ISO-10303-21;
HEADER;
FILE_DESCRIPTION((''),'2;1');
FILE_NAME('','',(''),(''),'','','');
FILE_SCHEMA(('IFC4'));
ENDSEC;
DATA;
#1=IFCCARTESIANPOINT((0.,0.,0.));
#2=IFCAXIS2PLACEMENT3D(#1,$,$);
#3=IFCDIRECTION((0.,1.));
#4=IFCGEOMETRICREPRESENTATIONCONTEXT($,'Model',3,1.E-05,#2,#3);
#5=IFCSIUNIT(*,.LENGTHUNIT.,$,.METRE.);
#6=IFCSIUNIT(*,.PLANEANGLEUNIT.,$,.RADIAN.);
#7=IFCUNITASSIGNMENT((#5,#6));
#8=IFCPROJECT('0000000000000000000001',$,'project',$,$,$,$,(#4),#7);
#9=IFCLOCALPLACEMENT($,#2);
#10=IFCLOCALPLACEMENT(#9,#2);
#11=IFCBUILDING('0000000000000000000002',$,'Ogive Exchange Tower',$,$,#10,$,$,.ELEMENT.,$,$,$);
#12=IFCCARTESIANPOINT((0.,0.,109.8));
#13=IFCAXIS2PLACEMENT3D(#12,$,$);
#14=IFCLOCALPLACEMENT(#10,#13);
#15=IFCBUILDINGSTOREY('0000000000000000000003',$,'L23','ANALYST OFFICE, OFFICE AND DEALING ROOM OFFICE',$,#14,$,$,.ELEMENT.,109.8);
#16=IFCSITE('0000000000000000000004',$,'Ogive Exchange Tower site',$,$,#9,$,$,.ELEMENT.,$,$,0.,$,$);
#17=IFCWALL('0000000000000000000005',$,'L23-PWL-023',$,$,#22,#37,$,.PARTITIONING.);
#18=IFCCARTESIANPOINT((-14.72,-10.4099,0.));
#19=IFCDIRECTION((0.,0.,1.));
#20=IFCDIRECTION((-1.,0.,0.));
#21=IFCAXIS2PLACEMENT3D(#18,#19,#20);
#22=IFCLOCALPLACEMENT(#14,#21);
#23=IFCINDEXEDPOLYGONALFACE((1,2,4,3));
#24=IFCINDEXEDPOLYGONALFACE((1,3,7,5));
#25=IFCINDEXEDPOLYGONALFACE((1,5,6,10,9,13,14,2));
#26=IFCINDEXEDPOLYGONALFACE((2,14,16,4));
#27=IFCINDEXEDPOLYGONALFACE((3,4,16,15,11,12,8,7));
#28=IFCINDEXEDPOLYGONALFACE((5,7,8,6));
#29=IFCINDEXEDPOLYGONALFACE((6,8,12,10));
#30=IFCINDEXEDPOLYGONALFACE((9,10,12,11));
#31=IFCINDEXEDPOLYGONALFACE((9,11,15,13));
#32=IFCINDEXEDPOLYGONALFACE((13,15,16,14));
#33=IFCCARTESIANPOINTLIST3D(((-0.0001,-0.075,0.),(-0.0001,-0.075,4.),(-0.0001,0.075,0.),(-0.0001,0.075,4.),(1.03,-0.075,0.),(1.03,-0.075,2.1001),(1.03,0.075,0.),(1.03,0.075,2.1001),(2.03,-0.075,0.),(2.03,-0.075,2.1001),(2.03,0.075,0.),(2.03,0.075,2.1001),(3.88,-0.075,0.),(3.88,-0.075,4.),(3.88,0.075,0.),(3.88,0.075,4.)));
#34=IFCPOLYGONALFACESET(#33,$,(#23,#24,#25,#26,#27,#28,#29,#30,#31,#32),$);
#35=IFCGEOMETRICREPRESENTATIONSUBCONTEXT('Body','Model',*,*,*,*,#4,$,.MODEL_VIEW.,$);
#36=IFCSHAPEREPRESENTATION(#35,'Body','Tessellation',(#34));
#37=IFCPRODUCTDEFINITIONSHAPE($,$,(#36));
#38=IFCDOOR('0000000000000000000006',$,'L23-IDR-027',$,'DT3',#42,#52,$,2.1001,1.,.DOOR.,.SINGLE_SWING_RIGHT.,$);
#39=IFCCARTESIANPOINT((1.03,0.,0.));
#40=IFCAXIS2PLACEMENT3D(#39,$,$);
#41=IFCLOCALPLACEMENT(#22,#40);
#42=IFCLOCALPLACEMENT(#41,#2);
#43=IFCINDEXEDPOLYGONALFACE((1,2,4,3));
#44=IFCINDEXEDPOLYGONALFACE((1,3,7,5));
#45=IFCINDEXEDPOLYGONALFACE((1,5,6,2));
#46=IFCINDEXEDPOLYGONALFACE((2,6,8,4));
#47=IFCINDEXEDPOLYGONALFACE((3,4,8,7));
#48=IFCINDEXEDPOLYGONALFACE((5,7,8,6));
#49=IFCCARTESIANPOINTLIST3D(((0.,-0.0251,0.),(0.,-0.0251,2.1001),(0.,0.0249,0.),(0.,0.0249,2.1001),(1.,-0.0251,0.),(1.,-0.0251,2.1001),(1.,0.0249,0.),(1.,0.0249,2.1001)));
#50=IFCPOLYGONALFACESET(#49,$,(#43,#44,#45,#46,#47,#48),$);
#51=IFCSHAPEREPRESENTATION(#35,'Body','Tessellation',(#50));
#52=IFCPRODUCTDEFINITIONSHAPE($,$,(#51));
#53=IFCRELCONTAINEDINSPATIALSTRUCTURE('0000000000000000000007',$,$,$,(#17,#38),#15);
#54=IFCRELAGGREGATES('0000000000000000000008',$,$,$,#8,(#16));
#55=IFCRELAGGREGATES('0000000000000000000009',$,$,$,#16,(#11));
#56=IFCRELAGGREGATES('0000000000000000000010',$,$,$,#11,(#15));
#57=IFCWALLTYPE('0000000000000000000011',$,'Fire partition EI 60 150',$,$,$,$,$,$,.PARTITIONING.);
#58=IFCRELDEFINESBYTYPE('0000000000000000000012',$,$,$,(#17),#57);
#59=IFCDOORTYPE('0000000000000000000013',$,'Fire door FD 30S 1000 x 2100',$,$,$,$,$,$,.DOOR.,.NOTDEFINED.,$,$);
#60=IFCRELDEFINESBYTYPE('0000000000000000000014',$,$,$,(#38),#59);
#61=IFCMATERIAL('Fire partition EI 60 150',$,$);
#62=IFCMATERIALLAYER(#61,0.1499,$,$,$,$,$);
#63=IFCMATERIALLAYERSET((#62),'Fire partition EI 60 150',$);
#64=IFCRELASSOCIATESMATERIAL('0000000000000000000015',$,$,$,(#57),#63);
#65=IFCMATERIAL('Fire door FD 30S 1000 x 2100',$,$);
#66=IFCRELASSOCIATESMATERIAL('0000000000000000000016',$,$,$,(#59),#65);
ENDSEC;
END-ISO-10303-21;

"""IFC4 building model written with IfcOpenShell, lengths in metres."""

from ifc_helpers import new_model, si_unit, direction, frame, frame_2d, origin, place, context, subcontext, project, spatial, rectangle, extrude, material, layer, layer_set, type_object, element, fill, save


model = new_model("IFC4")

# Units and contexts
model_context = context("Model", 3, precision=1e-05, world=origin(), true_north=direction((0.0, 1.0)))
body_context = subcontext(model_context, "Body", "Model", "MODEL_VIEW")
ifc_project = project(units=[si_unit("LENGTHUNIT", "METRE"), si_unit("PLANEANGLEUNIT", "RADIAN")], contexts=[model_context])

# Site, building, storey
site_placement = place(None, origin())
site = spatial("IfcSite", under=ifc_project, at=site_placement, Name="Ogive Exchange Tower site", CompositionType="ELEMENT", RefElevation=0.0)
building_placement = place(site_placement, origin())
building = spatial("IfcBuilding", under=site, at=building_placement, Name="Ogive Exchange Tower", CompositionType="ELEMENT")
storey_placement = place(building_placement, frame((0.0, 0.0, 109.8)))
storey = spatial("IfcBuildingStorey", under=building, at=storey_placement, Name="L23", Description="ANALYST OFFICE, OFFICE AND DEALING ROOM OFFICE", CompositionType="ELEMENT", Elevation=109.8)

# Wall, opening, door
ifc_material_1 = material(Name="Fire partition EI 60 150")
ifc_layer_1 = layer(ifc_material_1, 0.1499)
ifc_layer_set_1 = layer_set([ifc_layer_1], Name="Fire partition EI 60 150")
wall_type_1 = type_object("IfcWallType", Name="Fire partition EI 60 150", PredefinedType="PARTITIONING", material=ifc_layer_set_1)
ifc_material_2 = material(Name="Fire door FD 30S 1000 x 2100")
door_type_1 = type_object("IfcDoorType", Name="Fire door FD 30S 1000 x 2100", OperationType="NOTDEFINED", PredefinedType="DOOR", material=ifc_material_2)
wall_1_placement = place(storey_placement, frame((-14.72, -10.4099, 0.0), z_axis=(0.0, 0.0, 1.0), x_axis=(-1.0, 0.0, 0.0)))
wall_1 = element("IfcWall", 1, at=wall_1_placement, inside=storey, type_object=wall_type_1, Name="L23-PWL-023", PredefinedType="PARTITIONING", context=body_context, shape_type="SweptSolid", body=[
    extrude(rectangle(XDim=3.8801, YDim=0.1499, at=frame_2d((1.9399, 0.0))), origin(), (0.0, 0.0, 1.0), 4.0),
])
opening_1_placement = place(wall_1_placement, frame((1.03, 0.0, 0.0)))
opening_1 = element("IfcOpeningElement", 2, at=opening_1_placement, cuts=wall_1, PredefinedType="OPENING", context=body_context, shape_type="SweptSolid", body=[
    extrude(rectangle(XDim=1.0, YDim=2.1001, at=frame_2d((0.5, 1.05))), frame((0.0, 0.085, 0.0), z_axis=(0.0, -1.0, 0.0), x_axis=(1.0, 0.0, 0.0)), (0.0, 0.0, 1.0), 0.1699),
])
door_1_placement = place(opening_1_placement, origin())
door_1 = element("IfcDoor", 3, at=door_1_placement, inside=storey, type_object=door_type_1, Name="L23-IDR-027", ObjectType="DT3", OperationType="SINGLE_SWING_RIGHT", OverallHeight=2.1001, OverallWidth=1.0, PredefinedType="DOOR", context=body_context, shape_type="SweptSolid", body=[
    extrude(rectangle(XDim=1.0, YDim=2.1001, at=frame_2d((0.5, 1.05))), frame((0.0, 0.0249, 0.0), z_axis=(0.0, -1.0, 0.0), x_axis=(1.0, 0.0, 0.0)), (0.0, 0.0, 1.0), 0.05),
])
fill(opening_1, door_1)

save(model, "model.ifc")
